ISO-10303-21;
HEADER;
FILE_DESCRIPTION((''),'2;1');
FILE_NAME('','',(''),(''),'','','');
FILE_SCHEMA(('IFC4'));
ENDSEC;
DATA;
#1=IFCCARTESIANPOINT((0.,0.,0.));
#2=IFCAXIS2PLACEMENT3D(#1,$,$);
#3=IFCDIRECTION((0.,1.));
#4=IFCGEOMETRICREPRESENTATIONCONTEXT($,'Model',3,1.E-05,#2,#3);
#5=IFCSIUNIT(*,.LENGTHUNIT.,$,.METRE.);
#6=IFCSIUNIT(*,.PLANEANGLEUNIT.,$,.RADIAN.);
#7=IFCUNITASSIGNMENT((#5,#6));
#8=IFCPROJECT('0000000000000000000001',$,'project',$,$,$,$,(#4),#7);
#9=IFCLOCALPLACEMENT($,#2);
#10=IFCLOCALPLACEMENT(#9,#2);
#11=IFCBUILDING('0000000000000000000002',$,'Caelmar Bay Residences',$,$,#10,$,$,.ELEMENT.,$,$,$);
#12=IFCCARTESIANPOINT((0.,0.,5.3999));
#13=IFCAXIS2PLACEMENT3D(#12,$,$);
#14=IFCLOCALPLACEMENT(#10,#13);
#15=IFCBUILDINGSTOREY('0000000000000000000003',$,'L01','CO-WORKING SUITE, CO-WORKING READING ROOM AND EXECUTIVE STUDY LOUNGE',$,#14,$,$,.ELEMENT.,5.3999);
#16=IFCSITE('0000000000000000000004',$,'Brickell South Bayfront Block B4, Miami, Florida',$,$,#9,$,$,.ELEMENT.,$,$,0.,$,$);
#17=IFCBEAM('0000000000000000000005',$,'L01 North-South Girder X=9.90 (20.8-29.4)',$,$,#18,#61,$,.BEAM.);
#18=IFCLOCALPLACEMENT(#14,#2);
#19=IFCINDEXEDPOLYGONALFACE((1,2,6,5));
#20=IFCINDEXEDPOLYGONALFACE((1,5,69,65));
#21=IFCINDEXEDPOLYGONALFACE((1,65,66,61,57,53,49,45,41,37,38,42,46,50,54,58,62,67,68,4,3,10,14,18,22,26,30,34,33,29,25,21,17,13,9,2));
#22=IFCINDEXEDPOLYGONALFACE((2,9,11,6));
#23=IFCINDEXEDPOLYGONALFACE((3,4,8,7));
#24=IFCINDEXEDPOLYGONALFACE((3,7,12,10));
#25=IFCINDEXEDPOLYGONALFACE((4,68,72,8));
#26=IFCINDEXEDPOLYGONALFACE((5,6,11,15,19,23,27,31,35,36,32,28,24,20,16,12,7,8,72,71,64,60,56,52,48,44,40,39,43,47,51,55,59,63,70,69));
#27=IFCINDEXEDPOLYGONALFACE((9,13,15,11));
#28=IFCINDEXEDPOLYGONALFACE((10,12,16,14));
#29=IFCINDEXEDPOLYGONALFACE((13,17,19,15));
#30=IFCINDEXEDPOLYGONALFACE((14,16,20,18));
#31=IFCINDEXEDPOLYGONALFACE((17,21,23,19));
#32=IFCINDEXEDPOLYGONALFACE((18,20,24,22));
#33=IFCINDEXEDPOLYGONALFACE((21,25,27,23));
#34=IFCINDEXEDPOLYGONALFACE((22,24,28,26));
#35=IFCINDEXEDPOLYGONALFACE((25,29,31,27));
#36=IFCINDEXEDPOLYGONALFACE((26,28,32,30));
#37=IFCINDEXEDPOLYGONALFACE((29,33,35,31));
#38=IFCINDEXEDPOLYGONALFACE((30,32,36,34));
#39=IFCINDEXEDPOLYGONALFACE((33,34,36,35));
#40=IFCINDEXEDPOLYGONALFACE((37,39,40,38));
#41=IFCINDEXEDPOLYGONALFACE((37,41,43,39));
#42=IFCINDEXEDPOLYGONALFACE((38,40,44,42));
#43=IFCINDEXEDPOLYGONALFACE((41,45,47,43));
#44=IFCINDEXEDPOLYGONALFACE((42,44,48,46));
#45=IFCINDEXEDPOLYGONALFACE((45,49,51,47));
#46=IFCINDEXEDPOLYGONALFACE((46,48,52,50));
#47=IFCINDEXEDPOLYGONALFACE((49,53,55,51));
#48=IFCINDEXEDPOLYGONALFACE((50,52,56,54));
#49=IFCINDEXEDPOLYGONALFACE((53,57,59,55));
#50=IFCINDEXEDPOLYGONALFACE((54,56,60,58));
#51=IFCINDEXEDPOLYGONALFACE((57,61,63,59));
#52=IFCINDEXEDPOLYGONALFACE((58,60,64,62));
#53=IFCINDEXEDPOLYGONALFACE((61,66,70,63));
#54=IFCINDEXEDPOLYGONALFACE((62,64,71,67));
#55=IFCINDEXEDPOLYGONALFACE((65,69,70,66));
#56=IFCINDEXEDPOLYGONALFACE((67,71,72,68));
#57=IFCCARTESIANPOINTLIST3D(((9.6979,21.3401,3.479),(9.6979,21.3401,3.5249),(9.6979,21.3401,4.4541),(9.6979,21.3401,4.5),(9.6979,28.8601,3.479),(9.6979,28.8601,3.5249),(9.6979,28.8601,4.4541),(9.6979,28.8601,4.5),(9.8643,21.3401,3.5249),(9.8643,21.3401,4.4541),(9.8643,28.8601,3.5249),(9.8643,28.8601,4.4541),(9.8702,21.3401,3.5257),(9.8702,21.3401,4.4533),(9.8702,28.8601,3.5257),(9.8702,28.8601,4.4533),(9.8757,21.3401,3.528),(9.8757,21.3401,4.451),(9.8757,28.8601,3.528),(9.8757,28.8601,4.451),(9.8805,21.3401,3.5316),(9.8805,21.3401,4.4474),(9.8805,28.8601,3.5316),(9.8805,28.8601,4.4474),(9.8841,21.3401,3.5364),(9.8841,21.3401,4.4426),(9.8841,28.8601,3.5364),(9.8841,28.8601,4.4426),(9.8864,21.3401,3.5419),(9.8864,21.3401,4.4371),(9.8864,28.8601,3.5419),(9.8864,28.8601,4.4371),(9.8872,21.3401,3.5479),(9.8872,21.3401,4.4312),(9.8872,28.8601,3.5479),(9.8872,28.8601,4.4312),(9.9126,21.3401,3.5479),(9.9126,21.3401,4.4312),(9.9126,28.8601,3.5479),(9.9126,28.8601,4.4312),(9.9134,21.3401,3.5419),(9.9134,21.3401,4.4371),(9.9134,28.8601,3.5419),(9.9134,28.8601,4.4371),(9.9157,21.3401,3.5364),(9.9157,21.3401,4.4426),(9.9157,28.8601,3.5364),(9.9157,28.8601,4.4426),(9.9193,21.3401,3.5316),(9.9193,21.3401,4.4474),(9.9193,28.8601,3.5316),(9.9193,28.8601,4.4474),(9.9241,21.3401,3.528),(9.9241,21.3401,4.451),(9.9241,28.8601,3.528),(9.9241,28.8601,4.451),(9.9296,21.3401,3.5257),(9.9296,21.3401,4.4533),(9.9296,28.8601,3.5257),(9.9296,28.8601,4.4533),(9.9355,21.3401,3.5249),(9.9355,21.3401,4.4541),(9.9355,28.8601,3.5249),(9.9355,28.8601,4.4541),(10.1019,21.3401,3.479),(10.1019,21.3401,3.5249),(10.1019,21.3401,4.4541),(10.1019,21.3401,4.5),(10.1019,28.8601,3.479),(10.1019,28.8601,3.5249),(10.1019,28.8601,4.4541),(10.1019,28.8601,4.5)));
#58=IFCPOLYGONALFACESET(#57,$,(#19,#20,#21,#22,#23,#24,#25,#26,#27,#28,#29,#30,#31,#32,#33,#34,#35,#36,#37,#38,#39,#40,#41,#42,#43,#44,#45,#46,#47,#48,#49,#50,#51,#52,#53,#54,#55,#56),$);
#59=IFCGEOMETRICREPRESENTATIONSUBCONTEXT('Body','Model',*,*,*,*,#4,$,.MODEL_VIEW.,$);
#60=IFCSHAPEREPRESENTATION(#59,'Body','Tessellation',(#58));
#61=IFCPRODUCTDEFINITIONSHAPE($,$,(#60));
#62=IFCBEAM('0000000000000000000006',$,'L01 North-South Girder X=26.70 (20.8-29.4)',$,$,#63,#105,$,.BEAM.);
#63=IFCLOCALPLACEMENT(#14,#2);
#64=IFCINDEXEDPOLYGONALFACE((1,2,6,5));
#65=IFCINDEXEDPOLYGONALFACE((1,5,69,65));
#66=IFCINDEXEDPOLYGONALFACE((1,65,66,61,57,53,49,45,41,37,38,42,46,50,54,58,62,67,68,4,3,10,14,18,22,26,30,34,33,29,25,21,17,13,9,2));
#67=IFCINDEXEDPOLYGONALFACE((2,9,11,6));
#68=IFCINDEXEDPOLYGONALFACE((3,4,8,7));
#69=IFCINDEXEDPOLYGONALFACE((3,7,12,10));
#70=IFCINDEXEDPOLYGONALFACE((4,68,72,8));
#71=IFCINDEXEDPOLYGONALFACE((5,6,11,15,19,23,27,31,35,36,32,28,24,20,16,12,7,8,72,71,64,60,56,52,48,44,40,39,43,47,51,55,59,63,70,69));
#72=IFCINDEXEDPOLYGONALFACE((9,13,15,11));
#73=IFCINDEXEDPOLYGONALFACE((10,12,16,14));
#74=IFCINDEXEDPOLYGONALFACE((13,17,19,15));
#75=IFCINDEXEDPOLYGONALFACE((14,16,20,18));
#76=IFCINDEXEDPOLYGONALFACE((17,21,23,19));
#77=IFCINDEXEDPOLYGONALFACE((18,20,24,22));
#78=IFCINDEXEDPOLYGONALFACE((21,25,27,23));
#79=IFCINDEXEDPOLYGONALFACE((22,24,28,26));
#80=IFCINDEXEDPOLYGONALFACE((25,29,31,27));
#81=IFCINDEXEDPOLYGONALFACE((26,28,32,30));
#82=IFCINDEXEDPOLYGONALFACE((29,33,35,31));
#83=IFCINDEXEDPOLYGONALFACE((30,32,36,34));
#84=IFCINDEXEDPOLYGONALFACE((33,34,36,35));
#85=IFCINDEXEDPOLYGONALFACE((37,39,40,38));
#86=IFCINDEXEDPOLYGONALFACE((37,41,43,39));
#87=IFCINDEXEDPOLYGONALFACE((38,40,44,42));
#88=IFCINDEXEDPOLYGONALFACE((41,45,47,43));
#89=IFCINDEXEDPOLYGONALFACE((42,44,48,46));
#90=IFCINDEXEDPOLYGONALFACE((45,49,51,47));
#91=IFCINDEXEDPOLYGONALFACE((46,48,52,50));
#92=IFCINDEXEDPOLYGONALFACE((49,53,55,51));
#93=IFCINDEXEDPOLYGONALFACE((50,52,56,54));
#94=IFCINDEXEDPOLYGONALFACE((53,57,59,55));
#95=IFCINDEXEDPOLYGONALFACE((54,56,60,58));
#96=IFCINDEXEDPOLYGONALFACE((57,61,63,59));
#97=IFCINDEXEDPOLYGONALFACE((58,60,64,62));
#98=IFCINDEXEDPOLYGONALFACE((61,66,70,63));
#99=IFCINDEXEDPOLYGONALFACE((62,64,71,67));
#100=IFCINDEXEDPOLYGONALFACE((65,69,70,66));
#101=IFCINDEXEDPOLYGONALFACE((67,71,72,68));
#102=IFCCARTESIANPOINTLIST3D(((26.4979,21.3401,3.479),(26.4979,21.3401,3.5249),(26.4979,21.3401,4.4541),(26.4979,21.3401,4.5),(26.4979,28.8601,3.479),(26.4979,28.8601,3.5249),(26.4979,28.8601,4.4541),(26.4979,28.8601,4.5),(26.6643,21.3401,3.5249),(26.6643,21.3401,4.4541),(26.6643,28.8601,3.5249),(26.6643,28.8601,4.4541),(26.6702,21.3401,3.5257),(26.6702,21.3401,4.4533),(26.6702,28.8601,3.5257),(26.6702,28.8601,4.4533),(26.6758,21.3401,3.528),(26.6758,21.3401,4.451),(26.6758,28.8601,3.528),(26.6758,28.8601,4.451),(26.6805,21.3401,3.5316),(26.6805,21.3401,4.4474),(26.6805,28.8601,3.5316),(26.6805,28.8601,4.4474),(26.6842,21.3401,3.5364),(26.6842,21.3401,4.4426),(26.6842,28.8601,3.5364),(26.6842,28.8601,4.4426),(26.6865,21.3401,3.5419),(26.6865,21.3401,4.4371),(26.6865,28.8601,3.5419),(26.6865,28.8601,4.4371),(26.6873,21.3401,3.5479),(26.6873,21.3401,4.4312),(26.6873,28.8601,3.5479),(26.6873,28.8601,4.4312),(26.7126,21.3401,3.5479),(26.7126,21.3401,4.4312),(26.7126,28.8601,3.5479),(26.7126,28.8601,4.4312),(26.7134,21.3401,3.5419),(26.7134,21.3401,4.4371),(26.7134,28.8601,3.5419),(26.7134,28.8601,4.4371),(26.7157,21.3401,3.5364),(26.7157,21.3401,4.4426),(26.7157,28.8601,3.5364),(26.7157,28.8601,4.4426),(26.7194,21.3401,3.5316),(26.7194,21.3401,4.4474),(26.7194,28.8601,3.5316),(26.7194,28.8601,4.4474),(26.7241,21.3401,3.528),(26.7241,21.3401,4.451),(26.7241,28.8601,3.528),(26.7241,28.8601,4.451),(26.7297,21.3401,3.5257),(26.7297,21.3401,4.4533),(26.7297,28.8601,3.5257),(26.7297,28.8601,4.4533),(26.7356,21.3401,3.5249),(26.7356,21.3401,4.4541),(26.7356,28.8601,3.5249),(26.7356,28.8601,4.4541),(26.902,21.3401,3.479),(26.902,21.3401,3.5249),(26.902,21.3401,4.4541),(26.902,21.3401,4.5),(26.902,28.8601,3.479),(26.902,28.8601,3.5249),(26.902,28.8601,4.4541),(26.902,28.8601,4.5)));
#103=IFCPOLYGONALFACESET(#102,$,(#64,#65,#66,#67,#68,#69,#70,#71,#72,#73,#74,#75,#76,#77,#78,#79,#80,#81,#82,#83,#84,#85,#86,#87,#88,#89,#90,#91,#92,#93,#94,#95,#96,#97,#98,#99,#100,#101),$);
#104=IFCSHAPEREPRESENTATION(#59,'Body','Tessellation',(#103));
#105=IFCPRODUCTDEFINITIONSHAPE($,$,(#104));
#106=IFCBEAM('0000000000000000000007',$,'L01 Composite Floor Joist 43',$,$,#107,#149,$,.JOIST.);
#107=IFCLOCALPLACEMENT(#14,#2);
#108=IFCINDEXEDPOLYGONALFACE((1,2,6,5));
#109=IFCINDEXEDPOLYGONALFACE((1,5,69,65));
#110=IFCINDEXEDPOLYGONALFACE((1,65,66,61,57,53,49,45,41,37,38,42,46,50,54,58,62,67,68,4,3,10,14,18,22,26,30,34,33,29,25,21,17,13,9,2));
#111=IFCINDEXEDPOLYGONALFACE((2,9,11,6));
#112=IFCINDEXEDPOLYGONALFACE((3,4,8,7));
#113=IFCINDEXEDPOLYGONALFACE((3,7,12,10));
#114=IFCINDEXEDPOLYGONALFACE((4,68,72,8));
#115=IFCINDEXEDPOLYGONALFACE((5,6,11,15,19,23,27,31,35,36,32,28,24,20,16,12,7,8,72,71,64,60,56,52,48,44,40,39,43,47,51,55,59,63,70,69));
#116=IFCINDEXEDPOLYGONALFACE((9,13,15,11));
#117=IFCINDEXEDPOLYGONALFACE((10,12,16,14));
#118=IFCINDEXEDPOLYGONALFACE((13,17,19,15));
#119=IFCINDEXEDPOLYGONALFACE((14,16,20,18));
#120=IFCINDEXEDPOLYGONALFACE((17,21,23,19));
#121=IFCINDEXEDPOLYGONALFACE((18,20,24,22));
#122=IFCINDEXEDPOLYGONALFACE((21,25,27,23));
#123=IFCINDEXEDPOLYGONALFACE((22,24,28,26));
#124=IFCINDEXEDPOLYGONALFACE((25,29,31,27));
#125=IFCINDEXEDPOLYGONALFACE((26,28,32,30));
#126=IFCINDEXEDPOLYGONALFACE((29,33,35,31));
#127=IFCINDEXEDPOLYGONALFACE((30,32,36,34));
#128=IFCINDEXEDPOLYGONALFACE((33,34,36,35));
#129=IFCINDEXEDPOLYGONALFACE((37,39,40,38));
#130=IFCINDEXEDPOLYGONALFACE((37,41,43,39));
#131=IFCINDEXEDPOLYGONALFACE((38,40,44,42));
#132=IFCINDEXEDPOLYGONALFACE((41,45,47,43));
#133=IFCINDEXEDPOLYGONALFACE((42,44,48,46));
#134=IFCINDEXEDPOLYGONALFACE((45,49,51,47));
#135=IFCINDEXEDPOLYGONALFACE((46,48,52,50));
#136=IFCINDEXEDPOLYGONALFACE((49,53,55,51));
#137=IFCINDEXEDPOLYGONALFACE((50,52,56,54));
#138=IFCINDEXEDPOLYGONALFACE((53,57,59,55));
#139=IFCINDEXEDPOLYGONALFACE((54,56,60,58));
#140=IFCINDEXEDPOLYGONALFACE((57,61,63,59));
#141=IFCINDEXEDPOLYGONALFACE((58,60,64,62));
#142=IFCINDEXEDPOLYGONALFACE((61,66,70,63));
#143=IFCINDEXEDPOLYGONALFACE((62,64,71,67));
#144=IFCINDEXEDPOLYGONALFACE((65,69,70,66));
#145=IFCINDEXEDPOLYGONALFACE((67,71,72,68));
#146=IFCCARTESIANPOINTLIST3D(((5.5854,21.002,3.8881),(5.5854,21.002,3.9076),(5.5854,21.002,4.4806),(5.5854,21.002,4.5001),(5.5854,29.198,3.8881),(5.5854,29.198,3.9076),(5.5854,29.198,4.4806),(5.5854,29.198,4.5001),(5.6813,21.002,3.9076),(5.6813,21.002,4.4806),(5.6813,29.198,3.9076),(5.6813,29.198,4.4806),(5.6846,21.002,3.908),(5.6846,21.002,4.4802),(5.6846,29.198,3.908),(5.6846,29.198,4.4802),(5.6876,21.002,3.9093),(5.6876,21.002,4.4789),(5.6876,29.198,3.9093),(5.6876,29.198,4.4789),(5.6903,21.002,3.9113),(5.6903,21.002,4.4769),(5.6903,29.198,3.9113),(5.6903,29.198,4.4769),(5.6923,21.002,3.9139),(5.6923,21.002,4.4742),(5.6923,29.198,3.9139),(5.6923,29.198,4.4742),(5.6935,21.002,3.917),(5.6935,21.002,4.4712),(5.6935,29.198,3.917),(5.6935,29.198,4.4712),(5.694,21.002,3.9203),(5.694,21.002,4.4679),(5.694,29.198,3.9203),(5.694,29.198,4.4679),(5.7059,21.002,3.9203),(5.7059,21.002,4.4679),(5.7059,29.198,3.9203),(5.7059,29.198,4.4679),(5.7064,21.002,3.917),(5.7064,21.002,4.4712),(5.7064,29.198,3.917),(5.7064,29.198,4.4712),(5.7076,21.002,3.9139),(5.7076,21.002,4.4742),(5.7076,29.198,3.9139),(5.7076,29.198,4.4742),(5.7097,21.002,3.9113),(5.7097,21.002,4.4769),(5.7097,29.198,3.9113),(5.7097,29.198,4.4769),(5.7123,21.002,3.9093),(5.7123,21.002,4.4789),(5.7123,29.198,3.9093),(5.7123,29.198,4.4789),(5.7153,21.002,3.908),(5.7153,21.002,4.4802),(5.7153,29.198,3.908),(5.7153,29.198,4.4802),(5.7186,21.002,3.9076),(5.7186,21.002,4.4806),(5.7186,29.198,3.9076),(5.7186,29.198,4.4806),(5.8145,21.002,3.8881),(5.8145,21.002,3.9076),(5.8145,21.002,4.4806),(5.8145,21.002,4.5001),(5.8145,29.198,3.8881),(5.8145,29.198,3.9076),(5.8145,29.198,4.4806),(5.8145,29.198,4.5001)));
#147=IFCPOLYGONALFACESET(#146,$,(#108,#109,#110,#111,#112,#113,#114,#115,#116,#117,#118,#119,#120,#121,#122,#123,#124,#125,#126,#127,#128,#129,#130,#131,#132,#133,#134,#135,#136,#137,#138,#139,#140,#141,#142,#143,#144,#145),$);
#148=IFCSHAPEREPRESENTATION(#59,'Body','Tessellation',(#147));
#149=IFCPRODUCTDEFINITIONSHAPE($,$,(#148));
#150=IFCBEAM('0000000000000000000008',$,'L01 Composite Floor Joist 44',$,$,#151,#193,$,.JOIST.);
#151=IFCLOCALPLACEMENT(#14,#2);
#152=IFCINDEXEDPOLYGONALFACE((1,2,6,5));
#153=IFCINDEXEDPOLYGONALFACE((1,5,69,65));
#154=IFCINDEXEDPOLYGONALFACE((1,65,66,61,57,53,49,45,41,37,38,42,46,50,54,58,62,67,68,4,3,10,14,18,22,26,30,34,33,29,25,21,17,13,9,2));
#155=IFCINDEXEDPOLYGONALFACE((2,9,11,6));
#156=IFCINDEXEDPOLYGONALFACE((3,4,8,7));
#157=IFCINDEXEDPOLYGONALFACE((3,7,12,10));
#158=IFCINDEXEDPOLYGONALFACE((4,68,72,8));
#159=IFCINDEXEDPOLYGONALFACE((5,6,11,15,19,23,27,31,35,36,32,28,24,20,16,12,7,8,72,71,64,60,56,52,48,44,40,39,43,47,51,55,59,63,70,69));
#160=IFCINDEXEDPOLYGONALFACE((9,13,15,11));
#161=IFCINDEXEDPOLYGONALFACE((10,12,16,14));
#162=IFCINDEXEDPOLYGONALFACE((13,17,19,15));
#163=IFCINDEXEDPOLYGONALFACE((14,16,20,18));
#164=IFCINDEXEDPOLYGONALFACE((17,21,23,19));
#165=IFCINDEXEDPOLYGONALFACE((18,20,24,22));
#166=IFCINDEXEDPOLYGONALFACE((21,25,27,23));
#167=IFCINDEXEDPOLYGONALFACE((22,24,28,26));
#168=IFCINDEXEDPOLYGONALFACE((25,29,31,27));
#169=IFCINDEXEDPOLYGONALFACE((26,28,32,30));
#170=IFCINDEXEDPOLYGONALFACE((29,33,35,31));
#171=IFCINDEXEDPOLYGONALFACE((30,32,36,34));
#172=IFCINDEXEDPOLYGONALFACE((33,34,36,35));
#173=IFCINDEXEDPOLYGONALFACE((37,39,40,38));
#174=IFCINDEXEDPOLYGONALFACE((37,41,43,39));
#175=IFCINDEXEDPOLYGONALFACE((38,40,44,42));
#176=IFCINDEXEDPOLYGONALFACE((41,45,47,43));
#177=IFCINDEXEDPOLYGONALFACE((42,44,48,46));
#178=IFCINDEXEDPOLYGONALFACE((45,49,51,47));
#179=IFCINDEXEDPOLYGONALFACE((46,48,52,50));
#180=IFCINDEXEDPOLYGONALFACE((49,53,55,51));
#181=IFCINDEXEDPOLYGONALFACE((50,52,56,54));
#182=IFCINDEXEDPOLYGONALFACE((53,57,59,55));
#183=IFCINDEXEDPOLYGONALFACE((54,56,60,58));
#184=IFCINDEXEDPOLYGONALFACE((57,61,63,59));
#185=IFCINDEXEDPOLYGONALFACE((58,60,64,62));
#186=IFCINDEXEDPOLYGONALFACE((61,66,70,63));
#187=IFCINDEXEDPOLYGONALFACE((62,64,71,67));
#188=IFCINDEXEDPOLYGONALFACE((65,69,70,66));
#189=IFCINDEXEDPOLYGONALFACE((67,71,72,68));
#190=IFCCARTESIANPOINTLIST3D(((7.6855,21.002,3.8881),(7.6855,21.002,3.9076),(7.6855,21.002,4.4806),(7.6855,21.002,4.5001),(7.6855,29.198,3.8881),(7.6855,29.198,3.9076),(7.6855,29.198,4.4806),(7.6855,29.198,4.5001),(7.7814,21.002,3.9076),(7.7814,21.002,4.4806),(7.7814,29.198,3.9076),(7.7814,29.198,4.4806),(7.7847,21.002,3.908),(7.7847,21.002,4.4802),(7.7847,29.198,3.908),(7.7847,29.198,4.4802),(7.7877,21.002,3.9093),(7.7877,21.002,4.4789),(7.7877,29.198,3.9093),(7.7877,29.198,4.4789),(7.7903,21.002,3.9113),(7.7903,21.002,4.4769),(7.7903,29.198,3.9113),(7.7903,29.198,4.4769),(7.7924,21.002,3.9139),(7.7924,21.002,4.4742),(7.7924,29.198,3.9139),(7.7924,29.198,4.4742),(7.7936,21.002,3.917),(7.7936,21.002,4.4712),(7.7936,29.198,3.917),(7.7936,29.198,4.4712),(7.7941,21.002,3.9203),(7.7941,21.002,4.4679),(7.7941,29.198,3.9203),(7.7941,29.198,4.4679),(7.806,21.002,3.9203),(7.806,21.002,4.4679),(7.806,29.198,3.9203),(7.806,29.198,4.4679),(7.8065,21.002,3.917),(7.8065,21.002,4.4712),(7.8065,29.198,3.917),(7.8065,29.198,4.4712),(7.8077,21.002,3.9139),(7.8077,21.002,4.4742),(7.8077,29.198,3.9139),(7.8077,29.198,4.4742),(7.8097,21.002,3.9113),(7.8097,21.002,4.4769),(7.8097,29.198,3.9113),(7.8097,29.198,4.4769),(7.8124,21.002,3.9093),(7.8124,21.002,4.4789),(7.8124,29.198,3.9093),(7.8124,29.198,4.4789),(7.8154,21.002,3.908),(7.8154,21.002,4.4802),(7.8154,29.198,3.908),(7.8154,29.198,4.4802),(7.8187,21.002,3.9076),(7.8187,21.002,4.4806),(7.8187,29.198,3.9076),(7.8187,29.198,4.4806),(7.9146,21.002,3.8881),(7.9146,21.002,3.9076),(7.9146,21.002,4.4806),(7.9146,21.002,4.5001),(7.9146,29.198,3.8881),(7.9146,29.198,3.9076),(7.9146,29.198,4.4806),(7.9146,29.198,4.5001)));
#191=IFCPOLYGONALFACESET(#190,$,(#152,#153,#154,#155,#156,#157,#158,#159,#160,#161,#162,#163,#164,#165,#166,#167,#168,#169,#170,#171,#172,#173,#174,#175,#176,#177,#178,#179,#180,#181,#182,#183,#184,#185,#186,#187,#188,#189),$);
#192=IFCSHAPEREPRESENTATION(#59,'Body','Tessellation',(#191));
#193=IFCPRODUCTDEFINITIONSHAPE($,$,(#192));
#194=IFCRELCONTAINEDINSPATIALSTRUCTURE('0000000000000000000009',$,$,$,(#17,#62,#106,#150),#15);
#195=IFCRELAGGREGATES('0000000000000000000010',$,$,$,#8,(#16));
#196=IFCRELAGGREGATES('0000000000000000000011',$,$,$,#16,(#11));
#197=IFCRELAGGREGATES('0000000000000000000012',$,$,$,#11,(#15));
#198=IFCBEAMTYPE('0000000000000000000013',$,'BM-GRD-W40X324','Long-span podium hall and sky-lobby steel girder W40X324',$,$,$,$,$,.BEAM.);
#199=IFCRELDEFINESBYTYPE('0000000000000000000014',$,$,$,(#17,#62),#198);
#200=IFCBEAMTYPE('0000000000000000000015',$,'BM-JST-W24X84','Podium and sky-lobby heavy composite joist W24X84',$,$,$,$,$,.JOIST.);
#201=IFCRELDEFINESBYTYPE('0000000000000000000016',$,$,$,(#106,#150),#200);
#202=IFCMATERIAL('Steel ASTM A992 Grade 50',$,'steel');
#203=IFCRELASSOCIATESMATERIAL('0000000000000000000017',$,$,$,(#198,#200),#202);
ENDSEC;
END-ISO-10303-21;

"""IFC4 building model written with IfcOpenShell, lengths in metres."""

from ifc_helpers import new_model, si_unit, direction, frame, origin, origin_2d, place, context, subcontext, project, spatial, i_section, extrude, material, material_profile, profile_set, type_object, element, save


model = new_model("IFC4")

# Units and contexts
model_context = context("Model", 3, precision=1e-05, world=origin(), true_north=direction((0.0, 1.0)))
body_context = subcontext(model_context, "Body", "Model", "MODEL_VIEW")
ifc_project = project(units=[si_unit("LENGTHUNIT", "METRE"), si_unit("PLANEANGLEUNIT", "RADIAN")], contexts=[model_context])

# Site, building, storey
site_placement = place(None, origin())
site = spatial("IfcSite", under=ifc_project, at=site_placement, Name="Brickell South Bayfront Block B4, Miami, Florida", CompositionType="ELEMENT", RefElevation=0.0)
building_placement = place(site_placement, origin())
building = spatial("IfcBuilding", under=site, at=building_placement, Name="Caelmar Bay Residences", CompositionType="ELEMENT")
storey_placement = place(building_placement, frame((0.0, 0.0, 5.3999)))
storey = spatial("IfcBuildingStorey", under=building, at=storey_placement, Name="L01", Description="CO-WORKING SUITE, CO-WORKING READING ROOM AND EXECUTIVE STUDY LOUNGE", CompositionType="ELEMENT", Elevation=5.3999)

# Beams
ifc_material_1 = material(Name="Steel ASTM A992 Grade 50", Category="steel")
ifc_material_profile_1 = material_profile(ifc_material_1, i_section(OverallWidth=0.4041, OverallDepth=1.021, WebThickness=0.0254, FlangeThickness=0.0459, FilletRadius=0.0229, at=origin_2d()), Name="W40X324")
ifc_profile_set_1 = profile_set([ifc_material_profile_1], Name="Steel ASTM A992 Grade 50")
beam_type_1 = type_object("IfcBeamType", Name="BM-GRD-W40X324", Description="Long-span podium hall and sky-lobby steel girder W40X324", PredefinedType="BEAM", material=ifc_profile_set_1)
for number, where, z_axis, x_axis, name in (
    (1, (9.8999, 21.3401, 3.9895), (0.0, 1.0, 0.0), (-1.0, 0.0, 0.0), "L01 North-South Girder X=9.90 (20.8-29.4)"),
    (2, (26.7, 21.3401, 3.9895), (0.0, 1.0, 0.0), (-1.0, 0.0, 0.0), "L01 North-South Girder X=26.70 (20.8-29.4)"),
):
    element("IfcBeam", number, at=place(storey_placement, frame(where, z_axis=z_axis, x_axis=x_axis)), inside=storey, type_object=beam_type_1, Name=name, PredefinedType="BEAM", context=body_context, shape_type="SweptSolid", body=[
        extrude(i_section(OverallWidth=0.4041, OverallDepth=1.021, WebThickness=0.0254, FlangeThickness=0.0459, FilletRadius=0.0229, at=origin_2d()), origin(), (0.0, 0.0, 1.0), 7.52),
    ])
ifc_material_profile_2 = material_profile(ifc_material_1, i_section(OverallWidth=0.229, OverallDepth=0.6121, WebThickness=0.012, FlangeThickness=0.0195, FilletRadius=0.0127, at=origin_2d()), Name="W24X84")
ifc_profile_set_2 = profile_set([ifc_material_profile_2], Name="Steel ASTM A992 Grade 50")
beam_type_2 = type_object("IfcBeamType", Name="BM-JST-W24X84", Description="Podium and sky-lobby heavy composite joist W24X84", PredefinedType="JOIST", material=ifc_profile_set_2)
for number, where, z_axis, x_axis, name in (
    (3, (5.7, 21.002, 4.1941), (0.0, 1.0, 0.0), (-1.0, 0.0, 0.0), "L01 Composite Floor Joist 43"),
    (4, (7.8, 21.002, 4.1941), (0.0, 1.0, 0.0), (-1.0, 0.0, 0.0), "L01 Composite Floor Joist 44"),
):
    element("IfcBeam", number, at=place(storey_placement, frame(where, z_axis=z_axis, x_axis=x_axis)), inside=storey, type_object=beam_type_2, Name=name, PredefinedType="JOIST", context=body_context, shape_type="SweptSolid", body=[
        extrude(i_section(OverallWidth=0.229, OverallDepth=0.6121, WebThickness=0.012, FlangeThickness=0.0195, FilletRadius=0.0127, at=origin_2d()), origin(), (0.0, 0.0, 1.0), 8.196),
    ])

save(model, "model.ifc")
